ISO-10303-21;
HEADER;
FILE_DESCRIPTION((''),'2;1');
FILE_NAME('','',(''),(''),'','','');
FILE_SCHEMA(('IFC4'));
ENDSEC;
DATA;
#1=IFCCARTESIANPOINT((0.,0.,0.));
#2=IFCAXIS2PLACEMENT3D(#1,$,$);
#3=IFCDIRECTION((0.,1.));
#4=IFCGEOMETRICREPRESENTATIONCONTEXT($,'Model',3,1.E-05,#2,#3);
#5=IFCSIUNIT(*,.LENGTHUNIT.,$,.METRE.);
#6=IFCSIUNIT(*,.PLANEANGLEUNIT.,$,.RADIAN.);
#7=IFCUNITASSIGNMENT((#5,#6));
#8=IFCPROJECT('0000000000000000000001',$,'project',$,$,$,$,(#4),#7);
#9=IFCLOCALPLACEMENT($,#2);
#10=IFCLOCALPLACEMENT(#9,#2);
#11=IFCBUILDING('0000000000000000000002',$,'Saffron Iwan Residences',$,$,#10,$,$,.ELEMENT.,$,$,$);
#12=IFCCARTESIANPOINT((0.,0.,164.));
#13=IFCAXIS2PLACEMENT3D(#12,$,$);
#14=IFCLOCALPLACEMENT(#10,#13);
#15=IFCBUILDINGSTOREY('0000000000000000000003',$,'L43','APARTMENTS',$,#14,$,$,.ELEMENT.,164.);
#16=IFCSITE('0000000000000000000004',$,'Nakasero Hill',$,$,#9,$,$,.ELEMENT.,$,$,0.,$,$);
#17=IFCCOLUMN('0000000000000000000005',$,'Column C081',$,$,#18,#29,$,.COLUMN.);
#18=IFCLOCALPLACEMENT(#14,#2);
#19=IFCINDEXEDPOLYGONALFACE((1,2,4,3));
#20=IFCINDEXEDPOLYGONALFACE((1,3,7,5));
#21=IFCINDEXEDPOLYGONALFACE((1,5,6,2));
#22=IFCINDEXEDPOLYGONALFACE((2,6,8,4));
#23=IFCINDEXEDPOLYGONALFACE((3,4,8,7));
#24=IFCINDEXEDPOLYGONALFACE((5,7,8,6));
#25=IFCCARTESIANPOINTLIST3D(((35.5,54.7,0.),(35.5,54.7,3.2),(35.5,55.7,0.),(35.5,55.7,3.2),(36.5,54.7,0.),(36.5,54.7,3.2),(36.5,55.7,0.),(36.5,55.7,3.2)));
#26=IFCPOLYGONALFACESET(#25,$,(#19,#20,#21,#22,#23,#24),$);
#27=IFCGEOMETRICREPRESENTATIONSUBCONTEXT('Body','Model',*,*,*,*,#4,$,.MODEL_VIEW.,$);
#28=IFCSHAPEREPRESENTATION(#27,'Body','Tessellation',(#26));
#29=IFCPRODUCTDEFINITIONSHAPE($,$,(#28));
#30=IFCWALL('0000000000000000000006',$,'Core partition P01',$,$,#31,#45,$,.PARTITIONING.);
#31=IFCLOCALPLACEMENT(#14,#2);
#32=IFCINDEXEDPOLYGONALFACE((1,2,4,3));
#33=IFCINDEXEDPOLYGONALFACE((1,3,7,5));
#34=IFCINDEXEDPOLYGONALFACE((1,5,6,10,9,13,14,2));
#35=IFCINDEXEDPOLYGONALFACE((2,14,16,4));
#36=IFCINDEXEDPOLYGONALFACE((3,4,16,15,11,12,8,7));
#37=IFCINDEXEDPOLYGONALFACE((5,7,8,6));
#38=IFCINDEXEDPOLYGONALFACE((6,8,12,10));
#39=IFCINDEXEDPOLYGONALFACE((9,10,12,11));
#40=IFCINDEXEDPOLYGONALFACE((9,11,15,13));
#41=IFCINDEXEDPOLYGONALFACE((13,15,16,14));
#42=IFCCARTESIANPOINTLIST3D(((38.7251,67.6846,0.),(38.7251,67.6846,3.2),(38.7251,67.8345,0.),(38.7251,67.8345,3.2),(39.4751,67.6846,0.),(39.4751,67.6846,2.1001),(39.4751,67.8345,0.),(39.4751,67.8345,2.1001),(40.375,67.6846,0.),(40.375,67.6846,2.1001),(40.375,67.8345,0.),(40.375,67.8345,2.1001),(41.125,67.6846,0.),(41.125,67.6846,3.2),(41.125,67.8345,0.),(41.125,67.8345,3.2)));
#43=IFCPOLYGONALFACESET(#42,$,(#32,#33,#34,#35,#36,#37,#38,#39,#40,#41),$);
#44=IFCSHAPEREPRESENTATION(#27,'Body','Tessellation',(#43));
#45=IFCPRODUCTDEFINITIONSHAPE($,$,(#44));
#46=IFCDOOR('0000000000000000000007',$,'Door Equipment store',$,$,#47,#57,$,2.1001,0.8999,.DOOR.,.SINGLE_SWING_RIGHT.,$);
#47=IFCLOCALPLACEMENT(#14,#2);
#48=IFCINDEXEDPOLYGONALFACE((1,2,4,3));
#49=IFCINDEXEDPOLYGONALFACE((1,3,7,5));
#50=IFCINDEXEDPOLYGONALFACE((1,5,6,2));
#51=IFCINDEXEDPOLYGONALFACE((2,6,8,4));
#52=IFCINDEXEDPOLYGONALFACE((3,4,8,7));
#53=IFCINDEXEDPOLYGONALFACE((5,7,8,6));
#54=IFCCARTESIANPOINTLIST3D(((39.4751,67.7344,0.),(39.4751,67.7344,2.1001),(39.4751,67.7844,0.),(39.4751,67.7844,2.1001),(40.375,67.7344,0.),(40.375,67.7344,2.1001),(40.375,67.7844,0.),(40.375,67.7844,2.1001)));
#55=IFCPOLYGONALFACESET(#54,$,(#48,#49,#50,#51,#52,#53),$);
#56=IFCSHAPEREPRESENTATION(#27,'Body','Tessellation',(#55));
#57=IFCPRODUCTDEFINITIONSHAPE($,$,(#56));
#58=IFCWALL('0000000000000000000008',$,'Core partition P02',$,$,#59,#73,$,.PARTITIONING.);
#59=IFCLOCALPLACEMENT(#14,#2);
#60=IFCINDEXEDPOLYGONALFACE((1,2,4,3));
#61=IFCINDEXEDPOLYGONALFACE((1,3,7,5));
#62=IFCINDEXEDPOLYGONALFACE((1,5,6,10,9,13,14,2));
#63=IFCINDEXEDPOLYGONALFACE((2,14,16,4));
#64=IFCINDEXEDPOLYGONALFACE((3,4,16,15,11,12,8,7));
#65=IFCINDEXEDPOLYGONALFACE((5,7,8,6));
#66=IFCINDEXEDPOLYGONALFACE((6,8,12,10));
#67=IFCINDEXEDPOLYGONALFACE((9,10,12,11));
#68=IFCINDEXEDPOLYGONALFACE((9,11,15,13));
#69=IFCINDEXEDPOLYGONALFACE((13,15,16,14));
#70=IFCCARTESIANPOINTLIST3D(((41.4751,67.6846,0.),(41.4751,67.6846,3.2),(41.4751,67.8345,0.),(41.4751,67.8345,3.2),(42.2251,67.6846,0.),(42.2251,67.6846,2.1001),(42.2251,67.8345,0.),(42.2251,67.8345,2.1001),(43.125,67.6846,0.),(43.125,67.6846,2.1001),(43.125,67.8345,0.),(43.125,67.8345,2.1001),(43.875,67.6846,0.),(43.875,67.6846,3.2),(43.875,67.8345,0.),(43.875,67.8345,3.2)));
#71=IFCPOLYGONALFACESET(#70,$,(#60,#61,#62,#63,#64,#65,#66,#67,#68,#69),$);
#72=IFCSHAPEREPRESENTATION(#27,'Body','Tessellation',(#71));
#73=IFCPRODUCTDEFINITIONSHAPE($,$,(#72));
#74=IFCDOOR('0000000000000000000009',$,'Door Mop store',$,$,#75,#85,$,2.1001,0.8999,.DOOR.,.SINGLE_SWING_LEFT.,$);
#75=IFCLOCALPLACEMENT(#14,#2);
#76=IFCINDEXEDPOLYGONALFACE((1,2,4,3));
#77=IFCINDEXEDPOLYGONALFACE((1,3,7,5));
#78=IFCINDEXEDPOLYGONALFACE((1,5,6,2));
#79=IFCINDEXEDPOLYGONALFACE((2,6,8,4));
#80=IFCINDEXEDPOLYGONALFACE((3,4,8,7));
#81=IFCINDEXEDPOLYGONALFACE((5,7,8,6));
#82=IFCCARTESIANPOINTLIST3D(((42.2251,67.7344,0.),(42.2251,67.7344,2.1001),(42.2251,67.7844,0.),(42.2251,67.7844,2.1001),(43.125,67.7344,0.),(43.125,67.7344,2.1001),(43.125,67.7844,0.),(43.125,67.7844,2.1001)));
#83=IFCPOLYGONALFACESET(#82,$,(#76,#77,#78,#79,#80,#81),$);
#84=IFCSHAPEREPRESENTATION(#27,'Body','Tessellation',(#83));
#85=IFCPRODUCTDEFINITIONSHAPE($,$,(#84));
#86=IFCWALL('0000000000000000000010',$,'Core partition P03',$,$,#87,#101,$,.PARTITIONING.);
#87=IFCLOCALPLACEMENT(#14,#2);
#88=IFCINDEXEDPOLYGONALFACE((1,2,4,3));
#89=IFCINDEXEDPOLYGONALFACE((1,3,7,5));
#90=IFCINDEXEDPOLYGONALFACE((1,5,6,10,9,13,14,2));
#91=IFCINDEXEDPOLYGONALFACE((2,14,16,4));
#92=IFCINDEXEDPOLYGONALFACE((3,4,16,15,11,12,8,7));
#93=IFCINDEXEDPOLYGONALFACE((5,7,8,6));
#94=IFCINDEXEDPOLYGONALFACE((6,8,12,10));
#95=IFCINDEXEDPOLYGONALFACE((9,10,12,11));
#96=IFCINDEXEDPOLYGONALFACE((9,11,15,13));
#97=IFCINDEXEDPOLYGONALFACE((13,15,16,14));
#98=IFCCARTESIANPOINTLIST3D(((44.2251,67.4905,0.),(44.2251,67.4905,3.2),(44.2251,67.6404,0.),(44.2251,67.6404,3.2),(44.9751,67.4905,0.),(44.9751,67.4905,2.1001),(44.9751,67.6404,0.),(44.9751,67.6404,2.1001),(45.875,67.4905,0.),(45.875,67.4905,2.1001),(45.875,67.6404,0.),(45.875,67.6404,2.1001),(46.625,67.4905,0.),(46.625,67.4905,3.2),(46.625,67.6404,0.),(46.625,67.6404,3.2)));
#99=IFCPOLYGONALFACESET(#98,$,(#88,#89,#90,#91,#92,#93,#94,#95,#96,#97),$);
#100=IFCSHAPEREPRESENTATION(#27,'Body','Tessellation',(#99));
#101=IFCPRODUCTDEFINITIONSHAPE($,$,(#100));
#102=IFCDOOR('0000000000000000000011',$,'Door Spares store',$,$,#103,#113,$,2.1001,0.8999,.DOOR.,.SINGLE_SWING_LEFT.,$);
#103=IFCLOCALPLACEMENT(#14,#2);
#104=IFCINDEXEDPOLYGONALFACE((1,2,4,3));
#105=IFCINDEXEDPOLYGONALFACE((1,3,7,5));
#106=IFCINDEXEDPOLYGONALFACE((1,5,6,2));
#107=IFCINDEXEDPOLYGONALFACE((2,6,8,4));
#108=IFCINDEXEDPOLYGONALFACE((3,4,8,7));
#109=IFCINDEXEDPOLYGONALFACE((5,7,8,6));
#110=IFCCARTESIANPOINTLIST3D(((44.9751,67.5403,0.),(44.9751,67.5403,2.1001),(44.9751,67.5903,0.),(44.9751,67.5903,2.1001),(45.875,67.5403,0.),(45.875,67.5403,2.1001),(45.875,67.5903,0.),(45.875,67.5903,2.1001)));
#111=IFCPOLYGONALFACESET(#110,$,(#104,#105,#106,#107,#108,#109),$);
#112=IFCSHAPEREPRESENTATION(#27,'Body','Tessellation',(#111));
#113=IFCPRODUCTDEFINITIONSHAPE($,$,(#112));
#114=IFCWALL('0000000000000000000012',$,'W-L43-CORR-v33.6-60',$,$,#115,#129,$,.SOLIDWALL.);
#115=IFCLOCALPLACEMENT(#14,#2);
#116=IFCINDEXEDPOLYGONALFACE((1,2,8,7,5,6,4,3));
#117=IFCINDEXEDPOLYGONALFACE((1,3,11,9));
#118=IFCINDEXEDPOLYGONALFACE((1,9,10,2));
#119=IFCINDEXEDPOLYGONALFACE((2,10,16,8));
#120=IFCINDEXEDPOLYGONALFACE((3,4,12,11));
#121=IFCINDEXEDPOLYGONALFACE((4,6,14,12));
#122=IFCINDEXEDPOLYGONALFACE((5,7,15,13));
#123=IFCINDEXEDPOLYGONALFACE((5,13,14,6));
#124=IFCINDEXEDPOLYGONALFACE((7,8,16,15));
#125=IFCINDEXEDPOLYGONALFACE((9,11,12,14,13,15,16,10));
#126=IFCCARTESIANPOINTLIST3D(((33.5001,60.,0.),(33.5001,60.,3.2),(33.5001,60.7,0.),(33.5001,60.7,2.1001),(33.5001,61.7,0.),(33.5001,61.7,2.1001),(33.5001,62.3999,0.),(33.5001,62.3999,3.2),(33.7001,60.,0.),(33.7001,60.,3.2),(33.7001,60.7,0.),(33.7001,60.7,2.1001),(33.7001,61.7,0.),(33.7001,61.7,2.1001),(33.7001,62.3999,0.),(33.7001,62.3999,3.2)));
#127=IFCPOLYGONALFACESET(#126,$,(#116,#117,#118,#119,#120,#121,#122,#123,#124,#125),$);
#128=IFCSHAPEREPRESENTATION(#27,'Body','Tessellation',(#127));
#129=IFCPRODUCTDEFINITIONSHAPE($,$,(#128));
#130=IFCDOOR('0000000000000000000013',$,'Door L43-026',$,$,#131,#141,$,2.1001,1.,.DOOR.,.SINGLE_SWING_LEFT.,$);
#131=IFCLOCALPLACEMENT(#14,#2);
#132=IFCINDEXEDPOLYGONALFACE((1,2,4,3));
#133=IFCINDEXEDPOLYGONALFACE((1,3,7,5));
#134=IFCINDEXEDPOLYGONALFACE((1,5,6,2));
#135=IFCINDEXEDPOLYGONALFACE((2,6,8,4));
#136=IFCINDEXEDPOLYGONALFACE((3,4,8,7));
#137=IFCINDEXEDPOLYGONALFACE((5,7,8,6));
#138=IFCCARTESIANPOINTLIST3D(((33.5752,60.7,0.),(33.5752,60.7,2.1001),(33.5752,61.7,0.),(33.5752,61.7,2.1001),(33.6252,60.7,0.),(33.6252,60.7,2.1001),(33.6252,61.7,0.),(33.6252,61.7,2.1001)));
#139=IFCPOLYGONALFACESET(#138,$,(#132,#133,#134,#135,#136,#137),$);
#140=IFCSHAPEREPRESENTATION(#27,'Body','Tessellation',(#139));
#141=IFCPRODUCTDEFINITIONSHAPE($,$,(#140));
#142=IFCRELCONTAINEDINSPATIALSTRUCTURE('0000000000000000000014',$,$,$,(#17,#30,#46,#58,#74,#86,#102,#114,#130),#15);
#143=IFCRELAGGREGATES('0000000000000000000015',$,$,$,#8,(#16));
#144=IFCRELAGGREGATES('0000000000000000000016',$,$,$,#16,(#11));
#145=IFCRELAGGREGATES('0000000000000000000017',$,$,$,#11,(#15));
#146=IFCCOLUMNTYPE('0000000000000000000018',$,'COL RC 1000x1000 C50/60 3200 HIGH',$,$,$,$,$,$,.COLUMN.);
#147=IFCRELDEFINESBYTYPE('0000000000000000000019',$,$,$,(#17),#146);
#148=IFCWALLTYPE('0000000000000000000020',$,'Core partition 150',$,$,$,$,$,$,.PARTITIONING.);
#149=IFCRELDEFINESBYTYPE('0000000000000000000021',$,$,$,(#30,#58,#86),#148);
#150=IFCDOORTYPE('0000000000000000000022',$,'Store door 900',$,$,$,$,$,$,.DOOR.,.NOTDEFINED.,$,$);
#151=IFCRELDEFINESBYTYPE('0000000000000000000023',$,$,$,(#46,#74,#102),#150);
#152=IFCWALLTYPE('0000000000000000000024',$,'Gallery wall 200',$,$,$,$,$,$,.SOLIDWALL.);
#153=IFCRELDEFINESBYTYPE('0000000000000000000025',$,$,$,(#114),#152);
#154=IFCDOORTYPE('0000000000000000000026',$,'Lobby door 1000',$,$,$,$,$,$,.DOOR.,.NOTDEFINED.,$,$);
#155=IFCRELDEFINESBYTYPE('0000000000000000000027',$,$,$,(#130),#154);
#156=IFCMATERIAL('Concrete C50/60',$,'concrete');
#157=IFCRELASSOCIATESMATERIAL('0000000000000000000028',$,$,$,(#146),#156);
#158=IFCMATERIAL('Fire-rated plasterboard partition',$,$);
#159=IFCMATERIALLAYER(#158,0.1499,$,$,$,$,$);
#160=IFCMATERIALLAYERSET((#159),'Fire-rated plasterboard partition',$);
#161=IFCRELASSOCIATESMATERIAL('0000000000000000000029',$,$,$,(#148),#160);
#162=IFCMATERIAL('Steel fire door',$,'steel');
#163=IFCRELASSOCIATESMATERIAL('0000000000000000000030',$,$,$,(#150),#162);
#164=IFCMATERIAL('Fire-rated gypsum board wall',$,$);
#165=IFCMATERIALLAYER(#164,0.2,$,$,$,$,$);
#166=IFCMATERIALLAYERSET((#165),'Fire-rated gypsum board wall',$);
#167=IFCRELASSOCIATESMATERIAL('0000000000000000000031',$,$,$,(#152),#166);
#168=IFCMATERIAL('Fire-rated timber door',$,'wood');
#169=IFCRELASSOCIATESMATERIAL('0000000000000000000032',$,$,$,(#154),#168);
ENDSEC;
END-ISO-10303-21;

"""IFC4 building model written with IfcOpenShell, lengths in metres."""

from ifc_helpers import new_model, si_unit, direction, frame, frame_2d, origin, origin_2d, place, context, subcontext, project, spatial, rectangle, extrude, source, transform, mapped, material, layer, layer_set, material_profile, profile_set, type_object, element, fill, save


model = new_model("IFC4")

# Units and contexts
model_context = context("Model", 3, precision=1e-05, world=origin(), true_north=direction((0.0, 1.0)))
body_context = subcontext(model_context, "Body", "Model", "MODEL_VIEW")
ifc_project = project(units=[si_unit("LENGTHUNIT", "METRE"), si_unit("PLANEANGLEUNIT", "RADIAN")], contexts=[model_context])

# Site, building, storey
site_placement = place(None, origin())
site = spatial("IfcSite", under=ifc_project, at=site_placement, Name="Nakasero Hill", CompositionType="ELEMENT", RefElevation=0.0)
building_placement = place(site_placement, origin())
building = spatial("IfcBuilding", under=site, at=building_placement, Name="Saffron Iwan Residences", CompositionType="ELEMENT")
storey_placement = place(building_placement, frame((0.0, 0.0, 164.0)))
storey = spatial("IfcBuildingStorey", under=building, at=storey_placement, Name="L43", Description="APARTMENTS", CompositionType="ELEMENT", Elevation=164.0)

# Column
ifc_material_1 = material(Name="Concrete C50/60", Category="concrete")
ifc_material_profile = material_profile(ifc_material_1, rectangle(XDim=1.0, YDim=1.0, at=origin_2d()), Name="RC 1000x1000")
ifc_profile_set = profile_set([ifc_material_profile], Name="Concrete C50/60")
column_type = type_object("IfcColumnType", Name="COL RC 1000x1000 C50/60 3200 HIGH", PredefinedType="COLUMN", material=ifc_profile_set)
shared_shape = source(origin(), body_context, "Body", "SweptSolid", [
    extrude(rectangle(XDim=1.0, YDim=1.0, at=origin_2d()), origin(), (0.0, 0.0, 1.0), 3.2),
])
column_placement = place(storey_placement, frame((36.0, 55.2, 0.0), z_axis=(0.0, 0.0, 1.0), x_axis=(1.0, 0.0, 0.0)))
element("IfcColumn", 1, at=column_placement, inside=storey, type_object=column_type, Name="Column C081", PredefinedType="COLUMN", context=body_context, shape_type="MappedRepresentation", body=[
    mapped(shared_shape, transform((0.0, 0.0, 0.0))),
])

# Walls, openings, doors
ifc_material_2 = material(Name="Fire-rated plasterboard partition")
ifc_layer_1 = layer(ifc_material_2, 0.1499)
ifc_layer_set_1 = layer_set([ifc_layer_1], Name="Fire-rated plasterboard partition")
wall_type_1 = type_object("IfcWallType", Name="Core partition 150", PredefinedType="PARTITIONING", material=ifc_layer_set_1)
wall_1_placement = place(storey_placement, frame((38.7251, 67.7595, 0.0), z_axis=(0.0, 0.0, 1.0), x_axis=(1.0, 0.0, 0.0)))
wall_1 = element("IfcWall", 2, at=wall_1_placement, inside=storey, type_object=wall_type_1, Name="Core partition P01", PredefinedType="PARTITIONING", context=body_context, shape_type="SweptSolid", body=[
    extrude(rectangle(XDim=2.3999, YDim=0.1499, at=frame_2d((1.2, 0.0))), origin(), (0.0, 0.0, 1.0), 3.2),
])
opening_1_placement = place(wall_1_placement, frame((0.75, 0.0, 0.0)))
opening_1 = element("IfcOpeningElement", 3, at=opening_1_placement, cuts=wall_1, PredefinedType="OPENING", context=body_context, shape_type="SweptSolid", body=[
    extrude(rectangle(XDim=0.8999, YDim=2.1001, at=frame_2d((0.45, 1.05))), frame((0.0, 0.085, 0.0), z_axis=(0.0, -1.0, 0.0), x_axis=(1.0, 0.0, 0.0)), (0.0, 0.0, 1.0), 0.1699),
])
ifc_material_3 = material(Name="Steel fire door", Category="steel")
door_type_1 = type_object("IfcDoorType", Name="Store door 900", OperationType="NOTDEFINED", PredefinedType="DOOR", material=ifc_material_3)
door_1_placement = place(opening_1_placement, origin())
door_1 = element("IfcDoor", 4, at=door_1_placement, inside=storey, type_object=door_type_1, Name="Door Equipment store", OperationType="SINGLE_SWING_RIGHT", OverallHeight=2.1001, OverallWidth=0.8999, PredefinedType="DOOR", context=body_context, shape_type="SweptSolid", body=[
    extrude(rectangle(XDim=0.8999, YDim=2.1001, at=frame_2d((0.45, 1.05))), frame((0.0, 0.0249, 0.0), z_axis=(0.0, -1.0, 0.0), x_axis=(1.0, 0.0, 0.0)), (0.0, 0.0, 1.0), 0.05),
])
fill(opening_1, door_1)
wall_2_placement = place(storey_placement, frame((41.4751, 67.7595, 0.0), z_axis=(0.0, 0.0, 1.0), x_axis=(1.0, 0.0, 0.0)))
wall_2 = element("IfcWall", 5, at=wall_2_placement, inside=storey, type_object=wall_type_1, Name="Core partition P02", PredefinedType="PARTITIONING", context=body_context, shape_type="SweptSolid", body=[
    extrude(rectangle(XDim=2.3999, YDim=0.1499, at=frame_2d((1.2, 0.0))), origin(), (0.0, 0.0, 1.0), 3.2),
])
opening_2_placement = place(wall_2_placement, frame((0.75, 0.0, 0.0)))
opening_2 = element("IfcOpeningElement", 6, at=opening_2_placement, cuts=wall_2, PredefinedType="OPENING", context=body_context, shape_type="SweptSolid", body=[
    extrude(rectangle(XDim=0.8999, YDim=2.1001, at=frame_2d((0.45, 1.05))), frame((0.0, 0.085, 0.0), z_axis=(0.0, -1.0, 0.0), x_axis=(1.0, 0.0, 0.0)), (0.0, 0.0, 1.0), 0.1699),
])
door_2_placement = place(opening_2_placement, origin())
door_2 = element("IfcDoor", 7, at=door_2_placement, inside=storey, type_object=door_type_1, Name="Door Mop store", OperationType="SINGLE_SWING_LEFT", OverallHeight=2.1001, OverallWidth=0.8999, PredefinedType="DOOR", context=body_context, shape_type="SweptSolid", body=[
    extrude(rectangle(XDim=0.8999, YDim=2.1001, at=frame_2d((0.45, 1.05))), frame((0.0, 0.0249, 0.0), z_axis=(0.0, -1.0, 0.0), x_axis=(1.0, 0.0, 0.0)), (0.0, 0.0, 1.0), 0.05),
])
fill(opening_2, door_2)
wall_3_placement = place(storey_placement, frame((44.2251, 67.5654, 0.0), z_axis=(0.0, 0.0, 1.0), x_axis=(1.0, 0.0, 0.0)))
wall_3 = element("IfcWall", 8, at=wall_3_placement, inside=storey, type_object=wall_type_1, Name="Core partition P03", PredefinedType="PARTITIONING", context=body_context, shape_type="SweptSolid", body=[
    extrude(rectangle(XDim=2.3999, YDim=0.1499, at=frame_2d((1.2, 0.0))), origin(), (0.0, 0.0, 1.0), 3.2),
])
opening_3_placement = place(wall_3_placement, frame((0.75, 0.0, 0.0)))
opening_3 = element("IfcOpeningElement", 9, at=opening_3_placement, cuts=wall_3, PredefinedType="OPENING", context=body_context, shape_type="SweptSolid", body=[
    extrude(rectangle(XDim=0.8999, YDim=2.1001, at=frame_2d((0.45, 1.05))), frame((0.0, 0.085, 0.0), z_axis=(0.0, -1.0, 0.0), x_axis=(1.0, 0.0, 0.0)), (0.0, 0.0, 1.0), 0.1699),
])
door_3_placement = place(opening_3_placement, origin())
door_3 = element("IfcDoor", 10, at=door_3_placement, inside=storey, type_object=door_type_1, Name="Door Spares store", OperationType="SINGLE_SWING_LEFT", OverallHeight=2.1001, OverallWidth=0.8999, PredefinedType="DOOR", context=body_context, shape_type="SweptSolid", body=[
    extrude(rectangle(XDim=0.8999, YDim=2.1001, at=frame_2d((0.45, 1.05))), frame((0.0, 0.0249, 0.0), z_axis=(0.0, -1.0, 0.0), x_axis=(1.0, 0.0, 0.0)), (0.0, 0.0, 1.0), 0.05),
])
fill(opening_3, door_3)
ifc_material_4 = material(Name="Fire-rated gypsum board wall")
ifc_layer_2 = layer(ifc_material_4, 0.2)
ifc_layer_set_2 = layer_set([ifc_layer_2], Name="Fire-rated gypsum board wall")
wall_type_2 = type_object("IfcWallType", Name="Gallery wall 200", PredefinedType="SOLIDWALL", material=ifc_layer_set_2)
wall_4_placement = place(storey_placement, frame((33.6001, 60.0, 0.0), z_axis=(0.0, 0.0, 1.0), x_axis=(0.0, 1.0, 0.0)))
wall_4 = element("IfcWall", 11, at=wall_4_placement, inside=storey, type_object=wall_type_2, Name="W-L43-CORR-v33.6-60", PredefinedType="SOLIDWALL", context=body_context, shape_type="SweptSolid", body=[
    extrude(rectangle(XDim=2.3999, YDim=0.2, at=frame_2d((1.2, 0.0))), origin(), (0.0, 0.0, 1.0), 3.2),
])
opening_4_placement = place(wall_4_placement, frame((0.7, 0.0, 0.0)))
opening_4 = element("IfcOpeningElement", 12, at=opening_4_placement, cuts=wall_4, PredefinedType="OPENING", context=body_context, shape_type="SweptSolid", body=[
    extrude(rectangle(XDim=1.0, YDim=2.1001, at=frame_2d((0.5, 1.05))), frame((0.0, 0.1099, 0.0), z_axis=(0.0, -1.0, 0.0), x_axis=(1.0, 0.0, 0.0)), (0.0, 0.0, 1.0), 0.22),
])
ifc_material_5 = material(Name="Fire-rated timber door", Category="wood")
door_type_2 = type_object("IfcDoorType", Name="Lobby door 1000", OperationType="NOTDEFINED", PredefinedType="DOOR", material=ifc_material_5)
door_4_placement = place(opening_4_placement, origin())
door_4 = element("IfcDoor", 13, at=door_4_placement, inside=storey, type_object=door_type_2, Name="Door L43-026", OperationType="SINGLE_SWING_LEFT", OverallHeight=2.1001, OverallWidth=1.0, PredefinedType="DOOR", context=body_context, shape_type="SweptSolid", body=[
    extrude(rectangle(XDim=1.0, YDim=2.1001, at=frame_2d((0.5, 1.05))), frame((0.0, 0.0249, 0.0), z_axis=(0.0, -1.0, 0.0), x_axis=(1.0, 0.0, 0.0)), (0.0, 0.0, 1.0), 0.05),
])
fill(opening_4, door_4)

save(model, "model.ifc")
